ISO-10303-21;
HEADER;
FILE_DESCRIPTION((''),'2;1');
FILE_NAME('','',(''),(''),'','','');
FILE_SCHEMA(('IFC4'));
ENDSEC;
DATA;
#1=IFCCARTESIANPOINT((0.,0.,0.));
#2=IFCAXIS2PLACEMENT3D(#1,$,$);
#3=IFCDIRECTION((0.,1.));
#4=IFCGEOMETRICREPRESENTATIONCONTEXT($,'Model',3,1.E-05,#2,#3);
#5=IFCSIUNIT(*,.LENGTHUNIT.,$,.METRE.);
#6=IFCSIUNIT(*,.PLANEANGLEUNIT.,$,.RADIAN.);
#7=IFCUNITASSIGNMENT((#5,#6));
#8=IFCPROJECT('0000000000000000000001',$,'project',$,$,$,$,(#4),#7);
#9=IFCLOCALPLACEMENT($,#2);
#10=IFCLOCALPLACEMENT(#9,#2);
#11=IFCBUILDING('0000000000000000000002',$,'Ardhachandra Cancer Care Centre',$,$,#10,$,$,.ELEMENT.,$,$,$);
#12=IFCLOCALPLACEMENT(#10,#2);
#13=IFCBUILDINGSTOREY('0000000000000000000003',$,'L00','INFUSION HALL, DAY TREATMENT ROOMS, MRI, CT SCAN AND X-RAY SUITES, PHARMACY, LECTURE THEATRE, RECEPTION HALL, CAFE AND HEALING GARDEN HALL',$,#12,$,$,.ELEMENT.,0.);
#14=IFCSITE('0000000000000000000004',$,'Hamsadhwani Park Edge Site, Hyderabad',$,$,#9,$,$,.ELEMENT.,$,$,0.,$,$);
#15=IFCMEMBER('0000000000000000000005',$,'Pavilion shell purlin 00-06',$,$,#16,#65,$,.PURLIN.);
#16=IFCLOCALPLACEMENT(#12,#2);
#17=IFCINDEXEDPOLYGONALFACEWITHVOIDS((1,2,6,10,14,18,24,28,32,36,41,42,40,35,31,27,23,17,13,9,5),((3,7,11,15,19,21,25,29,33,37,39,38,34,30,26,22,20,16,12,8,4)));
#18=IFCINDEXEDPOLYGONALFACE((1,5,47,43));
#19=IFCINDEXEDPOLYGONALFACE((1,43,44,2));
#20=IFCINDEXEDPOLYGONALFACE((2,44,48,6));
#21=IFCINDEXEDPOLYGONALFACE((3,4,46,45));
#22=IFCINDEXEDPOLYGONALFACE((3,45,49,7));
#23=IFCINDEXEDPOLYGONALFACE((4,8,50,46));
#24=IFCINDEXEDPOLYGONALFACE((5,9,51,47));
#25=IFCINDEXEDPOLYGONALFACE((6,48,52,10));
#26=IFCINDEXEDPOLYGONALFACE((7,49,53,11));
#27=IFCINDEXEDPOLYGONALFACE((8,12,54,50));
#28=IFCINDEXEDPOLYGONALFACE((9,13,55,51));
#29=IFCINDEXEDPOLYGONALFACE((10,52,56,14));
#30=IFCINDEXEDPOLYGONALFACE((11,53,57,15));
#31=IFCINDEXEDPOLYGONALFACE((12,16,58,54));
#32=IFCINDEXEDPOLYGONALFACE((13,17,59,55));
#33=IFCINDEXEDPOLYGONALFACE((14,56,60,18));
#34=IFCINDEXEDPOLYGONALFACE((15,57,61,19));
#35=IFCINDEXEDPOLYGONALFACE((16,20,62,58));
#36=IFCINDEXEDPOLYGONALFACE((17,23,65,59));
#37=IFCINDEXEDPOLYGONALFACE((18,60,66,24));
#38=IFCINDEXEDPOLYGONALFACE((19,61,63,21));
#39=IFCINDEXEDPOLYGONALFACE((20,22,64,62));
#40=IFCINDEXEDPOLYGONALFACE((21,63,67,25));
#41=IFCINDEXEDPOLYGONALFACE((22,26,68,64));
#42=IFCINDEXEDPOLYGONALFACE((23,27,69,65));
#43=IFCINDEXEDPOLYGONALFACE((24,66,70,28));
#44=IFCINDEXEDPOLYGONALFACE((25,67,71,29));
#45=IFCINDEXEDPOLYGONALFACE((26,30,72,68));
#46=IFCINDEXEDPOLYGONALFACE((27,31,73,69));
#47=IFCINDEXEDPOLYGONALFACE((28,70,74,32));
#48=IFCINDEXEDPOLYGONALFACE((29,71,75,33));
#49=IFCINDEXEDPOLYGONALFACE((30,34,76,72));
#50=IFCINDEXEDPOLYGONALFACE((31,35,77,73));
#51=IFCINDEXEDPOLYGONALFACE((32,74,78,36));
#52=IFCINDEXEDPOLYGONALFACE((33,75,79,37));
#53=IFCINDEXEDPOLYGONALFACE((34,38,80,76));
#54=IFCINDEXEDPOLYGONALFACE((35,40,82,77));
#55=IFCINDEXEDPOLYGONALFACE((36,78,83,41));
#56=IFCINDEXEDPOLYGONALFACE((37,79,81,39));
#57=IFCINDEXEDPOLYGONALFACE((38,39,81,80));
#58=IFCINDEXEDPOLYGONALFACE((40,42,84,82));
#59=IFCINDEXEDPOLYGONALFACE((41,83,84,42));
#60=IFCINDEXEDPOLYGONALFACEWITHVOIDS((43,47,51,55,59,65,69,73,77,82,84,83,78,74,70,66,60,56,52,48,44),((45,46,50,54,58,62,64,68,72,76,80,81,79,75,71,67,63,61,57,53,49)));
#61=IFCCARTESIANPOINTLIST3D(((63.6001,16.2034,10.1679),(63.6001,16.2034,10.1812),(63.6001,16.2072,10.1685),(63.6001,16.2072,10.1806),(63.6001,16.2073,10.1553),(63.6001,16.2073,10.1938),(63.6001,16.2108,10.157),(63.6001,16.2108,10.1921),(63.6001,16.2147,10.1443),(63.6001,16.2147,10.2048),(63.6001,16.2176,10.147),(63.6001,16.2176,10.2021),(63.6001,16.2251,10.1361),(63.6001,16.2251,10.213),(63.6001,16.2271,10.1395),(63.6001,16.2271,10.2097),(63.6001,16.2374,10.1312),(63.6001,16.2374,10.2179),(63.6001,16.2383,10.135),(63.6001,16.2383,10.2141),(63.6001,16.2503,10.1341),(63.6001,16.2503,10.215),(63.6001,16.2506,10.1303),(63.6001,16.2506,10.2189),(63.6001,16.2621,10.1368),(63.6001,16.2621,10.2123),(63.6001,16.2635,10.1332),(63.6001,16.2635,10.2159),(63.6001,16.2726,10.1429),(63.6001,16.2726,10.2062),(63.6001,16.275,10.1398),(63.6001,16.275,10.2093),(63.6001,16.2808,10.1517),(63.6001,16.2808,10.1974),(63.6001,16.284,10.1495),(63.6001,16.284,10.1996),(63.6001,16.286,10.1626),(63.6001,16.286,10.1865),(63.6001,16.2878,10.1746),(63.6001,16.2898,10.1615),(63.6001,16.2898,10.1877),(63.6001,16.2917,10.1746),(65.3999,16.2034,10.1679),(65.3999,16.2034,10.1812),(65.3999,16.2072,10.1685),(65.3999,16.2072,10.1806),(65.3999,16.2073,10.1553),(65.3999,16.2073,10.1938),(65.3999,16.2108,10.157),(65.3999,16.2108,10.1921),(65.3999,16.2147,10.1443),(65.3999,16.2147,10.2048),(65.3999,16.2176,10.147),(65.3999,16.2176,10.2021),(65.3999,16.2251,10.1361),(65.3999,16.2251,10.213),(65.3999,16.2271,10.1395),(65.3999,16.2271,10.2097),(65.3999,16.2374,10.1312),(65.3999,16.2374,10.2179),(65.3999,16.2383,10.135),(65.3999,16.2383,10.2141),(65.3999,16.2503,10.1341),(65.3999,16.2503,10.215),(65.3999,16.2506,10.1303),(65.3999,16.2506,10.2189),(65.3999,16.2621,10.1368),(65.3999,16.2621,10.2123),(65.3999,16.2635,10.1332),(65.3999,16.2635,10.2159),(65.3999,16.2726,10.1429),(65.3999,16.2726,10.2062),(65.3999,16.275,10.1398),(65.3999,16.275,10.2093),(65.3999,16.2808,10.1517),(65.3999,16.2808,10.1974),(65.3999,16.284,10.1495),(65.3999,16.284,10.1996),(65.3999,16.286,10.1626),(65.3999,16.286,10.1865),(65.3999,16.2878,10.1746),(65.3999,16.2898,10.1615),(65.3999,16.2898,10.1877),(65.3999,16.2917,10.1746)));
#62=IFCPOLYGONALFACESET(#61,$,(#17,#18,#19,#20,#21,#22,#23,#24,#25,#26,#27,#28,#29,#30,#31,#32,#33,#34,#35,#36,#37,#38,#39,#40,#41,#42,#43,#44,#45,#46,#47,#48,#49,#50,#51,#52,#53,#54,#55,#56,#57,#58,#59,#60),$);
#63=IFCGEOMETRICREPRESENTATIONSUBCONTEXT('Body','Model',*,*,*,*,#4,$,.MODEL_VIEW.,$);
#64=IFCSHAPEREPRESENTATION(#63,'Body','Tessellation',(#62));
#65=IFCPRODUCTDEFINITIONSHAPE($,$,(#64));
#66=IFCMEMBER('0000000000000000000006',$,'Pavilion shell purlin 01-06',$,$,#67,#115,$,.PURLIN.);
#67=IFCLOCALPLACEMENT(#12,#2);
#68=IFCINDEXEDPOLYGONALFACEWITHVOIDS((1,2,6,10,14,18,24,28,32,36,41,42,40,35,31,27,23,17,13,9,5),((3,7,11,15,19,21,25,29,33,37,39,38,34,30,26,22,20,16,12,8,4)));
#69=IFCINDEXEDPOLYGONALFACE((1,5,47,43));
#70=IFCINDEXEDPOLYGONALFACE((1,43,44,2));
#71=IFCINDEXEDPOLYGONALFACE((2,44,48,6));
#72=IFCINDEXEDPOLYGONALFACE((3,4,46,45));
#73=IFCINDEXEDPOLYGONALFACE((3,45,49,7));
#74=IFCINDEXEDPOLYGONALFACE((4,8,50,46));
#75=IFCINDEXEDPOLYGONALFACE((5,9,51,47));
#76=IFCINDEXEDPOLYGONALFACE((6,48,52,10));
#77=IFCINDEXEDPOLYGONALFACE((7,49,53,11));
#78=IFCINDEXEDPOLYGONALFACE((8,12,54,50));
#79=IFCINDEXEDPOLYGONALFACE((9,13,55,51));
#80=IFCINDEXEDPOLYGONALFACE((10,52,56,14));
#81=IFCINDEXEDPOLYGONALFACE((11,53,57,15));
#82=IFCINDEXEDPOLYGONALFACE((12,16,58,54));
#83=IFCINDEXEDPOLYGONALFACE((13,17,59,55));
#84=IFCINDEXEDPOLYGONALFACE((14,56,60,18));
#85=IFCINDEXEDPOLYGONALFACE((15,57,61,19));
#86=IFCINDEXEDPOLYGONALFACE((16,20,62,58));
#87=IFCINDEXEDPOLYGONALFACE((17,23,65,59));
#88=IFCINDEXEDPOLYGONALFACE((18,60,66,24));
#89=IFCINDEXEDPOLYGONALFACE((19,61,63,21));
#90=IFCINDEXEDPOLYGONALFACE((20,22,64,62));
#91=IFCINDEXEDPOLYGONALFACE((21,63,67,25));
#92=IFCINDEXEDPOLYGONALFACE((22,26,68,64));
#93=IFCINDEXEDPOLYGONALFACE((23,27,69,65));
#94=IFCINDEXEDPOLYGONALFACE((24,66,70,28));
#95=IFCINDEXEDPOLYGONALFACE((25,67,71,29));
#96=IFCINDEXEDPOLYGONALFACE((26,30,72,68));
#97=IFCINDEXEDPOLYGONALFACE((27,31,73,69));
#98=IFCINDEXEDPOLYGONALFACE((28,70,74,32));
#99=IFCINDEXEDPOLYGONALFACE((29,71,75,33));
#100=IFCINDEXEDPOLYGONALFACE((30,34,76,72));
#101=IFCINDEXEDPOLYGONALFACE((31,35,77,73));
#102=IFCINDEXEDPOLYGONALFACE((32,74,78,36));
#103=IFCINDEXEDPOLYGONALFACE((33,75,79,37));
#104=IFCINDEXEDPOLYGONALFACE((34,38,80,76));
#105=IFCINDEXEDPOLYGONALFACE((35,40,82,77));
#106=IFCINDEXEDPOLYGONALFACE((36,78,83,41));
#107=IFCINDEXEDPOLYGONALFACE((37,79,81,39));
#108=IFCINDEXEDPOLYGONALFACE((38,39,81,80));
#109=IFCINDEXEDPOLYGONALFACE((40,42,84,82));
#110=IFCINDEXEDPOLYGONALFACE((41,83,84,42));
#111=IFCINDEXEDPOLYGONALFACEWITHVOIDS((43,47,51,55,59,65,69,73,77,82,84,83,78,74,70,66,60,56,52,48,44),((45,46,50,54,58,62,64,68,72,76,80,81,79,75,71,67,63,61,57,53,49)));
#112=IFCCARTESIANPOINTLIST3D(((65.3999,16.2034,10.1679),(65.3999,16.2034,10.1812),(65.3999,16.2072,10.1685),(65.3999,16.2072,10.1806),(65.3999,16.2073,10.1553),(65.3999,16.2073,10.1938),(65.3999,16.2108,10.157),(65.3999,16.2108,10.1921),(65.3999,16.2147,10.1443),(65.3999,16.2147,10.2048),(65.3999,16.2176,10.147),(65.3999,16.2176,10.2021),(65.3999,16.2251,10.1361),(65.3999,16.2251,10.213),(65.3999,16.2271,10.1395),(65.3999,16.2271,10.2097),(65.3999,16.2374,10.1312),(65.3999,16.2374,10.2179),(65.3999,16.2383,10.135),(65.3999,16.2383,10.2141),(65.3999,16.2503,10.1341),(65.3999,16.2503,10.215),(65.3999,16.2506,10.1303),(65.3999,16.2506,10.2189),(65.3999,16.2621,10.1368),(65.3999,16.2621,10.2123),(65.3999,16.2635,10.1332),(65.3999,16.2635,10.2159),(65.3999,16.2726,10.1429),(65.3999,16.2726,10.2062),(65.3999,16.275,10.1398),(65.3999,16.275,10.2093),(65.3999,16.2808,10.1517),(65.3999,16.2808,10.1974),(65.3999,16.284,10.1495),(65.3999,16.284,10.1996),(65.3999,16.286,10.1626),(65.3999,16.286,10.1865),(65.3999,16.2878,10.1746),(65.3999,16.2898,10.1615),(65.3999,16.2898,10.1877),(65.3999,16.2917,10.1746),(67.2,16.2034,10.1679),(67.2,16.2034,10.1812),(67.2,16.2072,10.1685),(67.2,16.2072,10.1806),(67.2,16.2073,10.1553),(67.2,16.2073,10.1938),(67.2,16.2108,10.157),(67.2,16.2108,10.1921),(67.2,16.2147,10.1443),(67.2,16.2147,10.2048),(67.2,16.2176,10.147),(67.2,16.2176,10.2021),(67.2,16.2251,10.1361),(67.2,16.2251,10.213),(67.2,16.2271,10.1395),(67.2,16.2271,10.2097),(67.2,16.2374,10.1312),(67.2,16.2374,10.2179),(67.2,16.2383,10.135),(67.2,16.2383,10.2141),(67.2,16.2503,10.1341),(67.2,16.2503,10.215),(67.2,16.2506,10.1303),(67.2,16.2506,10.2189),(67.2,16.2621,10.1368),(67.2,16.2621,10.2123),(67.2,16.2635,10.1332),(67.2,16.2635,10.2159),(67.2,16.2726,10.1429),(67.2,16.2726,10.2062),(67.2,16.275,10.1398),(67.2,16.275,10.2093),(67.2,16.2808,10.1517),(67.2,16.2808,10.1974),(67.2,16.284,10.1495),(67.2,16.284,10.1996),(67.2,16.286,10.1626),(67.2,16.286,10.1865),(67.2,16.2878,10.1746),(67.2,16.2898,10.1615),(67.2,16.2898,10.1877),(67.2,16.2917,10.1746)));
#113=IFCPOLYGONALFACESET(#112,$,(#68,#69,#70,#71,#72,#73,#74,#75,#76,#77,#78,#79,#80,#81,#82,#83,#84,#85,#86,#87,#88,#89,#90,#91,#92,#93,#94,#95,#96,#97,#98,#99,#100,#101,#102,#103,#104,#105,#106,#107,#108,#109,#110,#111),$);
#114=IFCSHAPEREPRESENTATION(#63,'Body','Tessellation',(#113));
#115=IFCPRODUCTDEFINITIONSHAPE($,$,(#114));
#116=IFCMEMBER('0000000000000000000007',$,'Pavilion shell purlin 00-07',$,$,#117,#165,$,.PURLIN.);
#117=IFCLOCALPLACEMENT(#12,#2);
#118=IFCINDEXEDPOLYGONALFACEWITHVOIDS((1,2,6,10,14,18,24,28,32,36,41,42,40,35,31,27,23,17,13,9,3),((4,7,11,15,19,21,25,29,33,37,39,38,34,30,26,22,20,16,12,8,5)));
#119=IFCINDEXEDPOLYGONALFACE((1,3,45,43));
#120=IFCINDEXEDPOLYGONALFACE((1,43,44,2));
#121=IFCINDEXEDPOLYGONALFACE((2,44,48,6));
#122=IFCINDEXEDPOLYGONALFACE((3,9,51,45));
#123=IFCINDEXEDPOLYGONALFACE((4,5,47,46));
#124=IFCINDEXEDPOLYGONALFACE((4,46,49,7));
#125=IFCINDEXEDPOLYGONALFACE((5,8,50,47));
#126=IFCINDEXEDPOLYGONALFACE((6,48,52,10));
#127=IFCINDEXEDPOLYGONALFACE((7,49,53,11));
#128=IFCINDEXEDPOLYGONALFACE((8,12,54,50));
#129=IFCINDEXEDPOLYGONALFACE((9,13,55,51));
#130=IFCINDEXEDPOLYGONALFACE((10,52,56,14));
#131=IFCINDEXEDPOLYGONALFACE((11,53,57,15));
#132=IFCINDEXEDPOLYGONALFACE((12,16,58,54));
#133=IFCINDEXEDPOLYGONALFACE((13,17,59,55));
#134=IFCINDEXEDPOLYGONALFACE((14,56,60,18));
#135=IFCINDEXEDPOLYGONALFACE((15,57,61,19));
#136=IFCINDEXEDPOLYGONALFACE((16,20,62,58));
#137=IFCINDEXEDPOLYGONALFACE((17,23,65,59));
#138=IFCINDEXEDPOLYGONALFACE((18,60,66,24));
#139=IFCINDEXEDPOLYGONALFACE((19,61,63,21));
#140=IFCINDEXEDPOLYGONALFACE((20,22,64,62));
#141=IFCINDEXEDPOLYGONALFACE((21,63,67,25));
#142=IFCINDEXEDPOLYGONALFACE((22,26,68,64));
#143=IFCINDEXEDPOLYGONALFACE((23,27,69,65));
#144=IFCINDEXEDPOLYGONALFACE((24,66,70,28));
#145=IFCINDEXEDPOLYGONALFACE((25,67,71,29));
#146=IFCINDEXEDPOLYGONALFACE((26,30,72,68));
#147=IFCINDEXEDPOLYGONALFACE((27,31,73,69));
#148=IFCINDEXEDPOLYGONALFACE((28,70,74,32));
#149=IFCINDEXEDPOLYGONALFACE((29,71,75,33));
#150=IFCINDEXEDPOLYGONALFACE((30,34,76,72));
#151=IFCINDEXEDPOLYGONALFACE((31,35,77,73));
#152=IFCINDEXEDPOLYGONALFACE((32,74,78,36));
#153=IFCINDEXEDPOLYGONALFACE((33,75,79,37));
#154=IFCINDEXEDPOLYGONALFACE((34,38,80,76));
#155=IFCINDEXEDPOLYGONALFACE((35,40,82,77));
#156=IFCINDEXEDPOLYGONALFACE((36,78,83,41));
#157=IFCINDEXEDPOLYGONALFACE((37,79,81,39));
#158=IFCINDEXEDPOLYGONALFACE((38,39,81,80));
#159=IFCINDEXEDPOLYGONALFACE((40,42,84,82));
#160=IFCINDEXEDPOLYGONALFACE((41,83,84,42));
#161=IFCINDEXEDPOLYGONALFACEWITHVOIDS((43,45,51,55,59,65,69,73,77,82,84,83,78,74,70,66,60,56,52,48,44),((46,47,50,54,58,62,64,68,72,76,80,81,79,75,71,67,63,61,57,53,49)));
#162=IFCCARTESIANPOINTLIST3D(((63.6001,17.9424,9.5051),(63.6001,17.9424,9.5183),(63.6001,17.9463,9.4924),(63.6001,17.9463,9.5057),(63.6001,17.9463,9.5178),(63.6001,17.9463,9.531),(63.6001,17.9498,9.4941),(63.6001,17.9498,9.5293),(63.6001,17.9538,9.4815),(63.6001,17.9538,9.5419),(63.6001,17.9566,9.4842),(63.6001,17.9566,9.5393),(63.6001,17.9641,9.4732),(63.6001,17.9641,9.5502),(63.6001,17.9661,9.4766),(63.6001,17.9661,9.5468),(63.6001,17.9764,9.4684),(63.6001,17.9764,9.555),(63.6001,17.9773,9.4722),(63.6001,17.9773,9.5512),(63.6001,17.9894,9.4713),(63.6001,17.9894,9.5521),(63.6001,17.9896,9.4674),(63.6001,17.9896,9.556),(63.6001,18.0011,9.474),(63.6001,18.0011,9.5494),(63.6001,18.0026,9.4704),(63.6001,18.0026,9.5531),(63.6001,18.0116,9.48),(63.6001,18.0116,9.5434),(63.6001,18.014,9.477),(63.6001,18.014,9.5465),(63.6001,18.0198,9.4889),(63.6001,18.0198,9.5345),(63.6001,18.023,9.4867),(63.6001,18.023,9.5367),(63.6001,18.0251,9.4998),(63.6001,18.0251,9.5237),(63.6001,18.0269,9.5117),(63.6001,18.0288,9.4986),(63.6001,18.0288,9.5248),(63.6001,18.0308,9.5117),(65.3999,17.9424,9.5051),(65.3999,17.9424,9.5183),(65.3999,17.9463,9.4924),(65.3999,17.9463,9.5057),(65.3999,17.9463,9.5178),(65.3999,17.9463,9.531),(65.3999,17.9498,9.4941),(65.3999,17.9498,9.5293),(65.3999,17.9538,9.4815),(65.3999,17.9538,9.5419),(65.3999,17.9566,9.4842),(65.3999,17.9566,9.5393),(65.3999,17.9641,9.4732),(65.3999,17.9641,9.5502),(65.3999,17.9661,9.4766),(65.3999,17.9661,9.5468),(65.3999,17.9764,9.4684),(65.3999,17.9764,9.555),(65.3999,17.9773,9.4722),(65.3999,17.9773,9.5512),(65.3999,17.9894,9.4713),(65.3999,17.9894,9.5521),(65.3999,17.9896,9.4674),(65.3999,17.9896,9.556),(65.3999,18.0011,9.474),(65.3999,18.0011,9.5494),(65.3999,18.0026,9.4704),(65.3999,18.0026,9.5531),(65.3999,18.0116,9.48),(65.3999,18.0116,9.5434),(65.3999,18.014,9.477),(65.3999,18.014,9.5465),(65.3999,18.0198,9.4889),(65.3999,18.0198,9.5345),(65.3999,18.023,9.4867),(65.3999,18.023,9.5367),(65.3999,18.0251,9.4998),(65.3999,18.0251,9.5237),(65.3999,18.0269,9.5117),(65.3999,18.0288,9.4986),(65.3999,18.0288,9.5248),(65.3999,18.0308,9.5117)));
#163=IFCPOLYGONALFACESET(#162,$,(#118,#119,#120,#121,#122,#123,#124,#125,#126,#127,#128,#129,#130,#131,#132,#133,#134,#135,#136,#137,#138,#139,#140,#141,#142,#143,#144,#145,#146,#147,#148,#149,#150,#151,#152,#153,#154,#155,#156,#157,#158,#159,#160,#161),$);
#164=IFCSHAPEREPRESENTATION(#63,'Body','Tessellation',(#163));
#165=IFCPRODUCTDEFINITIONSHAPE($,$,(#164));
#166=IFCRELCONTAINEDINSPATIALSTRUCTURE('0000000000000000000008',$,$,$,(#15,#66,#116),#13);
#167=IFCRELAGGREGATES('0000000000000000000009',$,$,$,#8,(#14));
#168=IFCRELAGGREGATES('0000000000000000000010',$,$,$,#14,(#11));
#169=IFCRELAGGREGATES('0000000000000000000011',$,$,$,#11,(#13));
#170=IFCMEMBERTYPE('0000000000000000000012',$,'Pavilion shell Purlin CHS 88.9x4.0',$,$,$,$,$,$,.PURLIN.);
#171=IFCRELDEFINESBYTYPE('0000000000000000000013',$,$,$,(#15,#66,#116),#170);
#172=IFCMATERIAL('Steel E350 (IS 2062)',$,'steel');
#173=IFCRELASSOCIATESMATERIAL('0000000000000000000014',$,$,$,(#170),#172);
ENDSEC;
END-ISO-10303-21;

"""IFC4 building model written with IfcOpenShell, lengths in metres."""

from ifc_helpers import new_model, si_unit, direction, frame, origin, origin_2d, place, context, subcontext, project, spatial, hollow_circle, extrude, material, material_profile, profile_set, type_object, element, save


model = new_model("IFC4")

# Units and contexts
model_context = context("Model", 3, precision=1e-05, world=origin(), true_north=direction((0.0, 1.0)))
body_context = subcontext(model_context, "Body", "Model", "MODEL_VIEW")
ifc_project = project(units=[si_unit("LENGTHUNIT", "METRE"), si_unit("PLANEANGLEUNIT", "RADIAN")], contexts=[model_context])

# Site, building, storey
site_placement = place(None, origin())
site = spatial("IfcSite", under=ifc_project, at=site_placement, Name="Hamsadhwani Park Edge Site, Hyderabad", CompositionType="ELEMENT", RefElevation=0.0)
building_placement = place(site_placement, origin())
building = spatial("IfcBuilding", under=site, at=building_placement, Name="Ardhachandra Cancer Care Centre", CompositionType="ELEMENT")
storey_placement = place(building_placement, origin())
storey = spatial("IfcBuildingStorey", under=building, at=storey_placement, Name="L00", Description="INFUSION HALL, DAY TREATMENT ROOMS, MRI, CT SCAN AND X-RAY SUITES, PHARMACY, LECTURE THEATRE, RECEPTION HALL, CAFE AND HEALING GARDEN HALL", CompositionType="ELEMENT", Elevation=0.0)

# Members
ifc_material_1 = material(Name="Steel E350 (IS 2062)", Category="steel")
ifc_material_profile_1 = material_profile(ifc_material_1, hollow_circle(Radius=0.0444, WallThickness=0.0039, at=origin_2d()), Name="CHS 88.9x4.0")
ifc_profile_set_1 = profile_set([ifc_material_profile_1], Name="Steel E350 (IS 2062)")
member_type_1 = type_object("IfcMemberType", Name="Pavilion shell Purlin CHS 88.9x4.0", PredefinedType="PURLIN", material=ifc_profile_set_1)
member_1_placement = place(storey_placement, frame((63.6001, 16.2473, 10.1746), z_axis=(1.0, 0.0, 0.0), x_axis=(0.0, 1.0, 0.0)))
element("IfcMember", 1, at=member_1_placement, inside=storey, type_object=member_type_1, Name="Pavilion shell purlin 00-06", PredefinedType="PURLIN", context=body_context, shape_type="SweptSolid", body=[
    extrude(hollow_circle(Radius=0.0444, WallThickness=0.0039, at=origin_2d()), origin(), (0.0, 0.0, 1.0), 1.7998),
])
member_2_placement = place(storey_placement, frame((65.3999, 16.2473, 10.1746), z_axis=(1.0, 0.0, 0.0), x_axis=(0.0, 1.0, 0.0)))
element("IfcMember", 2, at=member_2_placement, inside=storey, type_object=member_type_1, Name="Pavilion shell purlin 01-06", PredefinedType="PURLIN", context=body_context, shape_type="SweptSolid", body=[
    extrude(hollow_circle(Radius=0.0444, WallThickness=0.0039, at=origin_2d()), origin(), (0.0, 0.0, 1.0), 1.8),
])
member_3_placement = place(storey_placement, frame((63.6001, 17.9863, 9.5117), z_axis=(1.0, 0.0, 0.0), x_axis=(0.0, 1.0, 0.0)))
element("IfcMember", 3, at=member_3_placement, inside=storey, type_object=member_type_1, Name="Pavilion shell purlin 00-07", PredefinedType="PURLIN", context=body_context, shape_type="SweptSolid", body=[
    extrude(hollow_circle(Radius=0.0444, WallThickness=0.0039, at=origin_2d()), origin(), (0.0, 0.0, 1.0), 1.7998),
])

save(model, "model.ifc")
